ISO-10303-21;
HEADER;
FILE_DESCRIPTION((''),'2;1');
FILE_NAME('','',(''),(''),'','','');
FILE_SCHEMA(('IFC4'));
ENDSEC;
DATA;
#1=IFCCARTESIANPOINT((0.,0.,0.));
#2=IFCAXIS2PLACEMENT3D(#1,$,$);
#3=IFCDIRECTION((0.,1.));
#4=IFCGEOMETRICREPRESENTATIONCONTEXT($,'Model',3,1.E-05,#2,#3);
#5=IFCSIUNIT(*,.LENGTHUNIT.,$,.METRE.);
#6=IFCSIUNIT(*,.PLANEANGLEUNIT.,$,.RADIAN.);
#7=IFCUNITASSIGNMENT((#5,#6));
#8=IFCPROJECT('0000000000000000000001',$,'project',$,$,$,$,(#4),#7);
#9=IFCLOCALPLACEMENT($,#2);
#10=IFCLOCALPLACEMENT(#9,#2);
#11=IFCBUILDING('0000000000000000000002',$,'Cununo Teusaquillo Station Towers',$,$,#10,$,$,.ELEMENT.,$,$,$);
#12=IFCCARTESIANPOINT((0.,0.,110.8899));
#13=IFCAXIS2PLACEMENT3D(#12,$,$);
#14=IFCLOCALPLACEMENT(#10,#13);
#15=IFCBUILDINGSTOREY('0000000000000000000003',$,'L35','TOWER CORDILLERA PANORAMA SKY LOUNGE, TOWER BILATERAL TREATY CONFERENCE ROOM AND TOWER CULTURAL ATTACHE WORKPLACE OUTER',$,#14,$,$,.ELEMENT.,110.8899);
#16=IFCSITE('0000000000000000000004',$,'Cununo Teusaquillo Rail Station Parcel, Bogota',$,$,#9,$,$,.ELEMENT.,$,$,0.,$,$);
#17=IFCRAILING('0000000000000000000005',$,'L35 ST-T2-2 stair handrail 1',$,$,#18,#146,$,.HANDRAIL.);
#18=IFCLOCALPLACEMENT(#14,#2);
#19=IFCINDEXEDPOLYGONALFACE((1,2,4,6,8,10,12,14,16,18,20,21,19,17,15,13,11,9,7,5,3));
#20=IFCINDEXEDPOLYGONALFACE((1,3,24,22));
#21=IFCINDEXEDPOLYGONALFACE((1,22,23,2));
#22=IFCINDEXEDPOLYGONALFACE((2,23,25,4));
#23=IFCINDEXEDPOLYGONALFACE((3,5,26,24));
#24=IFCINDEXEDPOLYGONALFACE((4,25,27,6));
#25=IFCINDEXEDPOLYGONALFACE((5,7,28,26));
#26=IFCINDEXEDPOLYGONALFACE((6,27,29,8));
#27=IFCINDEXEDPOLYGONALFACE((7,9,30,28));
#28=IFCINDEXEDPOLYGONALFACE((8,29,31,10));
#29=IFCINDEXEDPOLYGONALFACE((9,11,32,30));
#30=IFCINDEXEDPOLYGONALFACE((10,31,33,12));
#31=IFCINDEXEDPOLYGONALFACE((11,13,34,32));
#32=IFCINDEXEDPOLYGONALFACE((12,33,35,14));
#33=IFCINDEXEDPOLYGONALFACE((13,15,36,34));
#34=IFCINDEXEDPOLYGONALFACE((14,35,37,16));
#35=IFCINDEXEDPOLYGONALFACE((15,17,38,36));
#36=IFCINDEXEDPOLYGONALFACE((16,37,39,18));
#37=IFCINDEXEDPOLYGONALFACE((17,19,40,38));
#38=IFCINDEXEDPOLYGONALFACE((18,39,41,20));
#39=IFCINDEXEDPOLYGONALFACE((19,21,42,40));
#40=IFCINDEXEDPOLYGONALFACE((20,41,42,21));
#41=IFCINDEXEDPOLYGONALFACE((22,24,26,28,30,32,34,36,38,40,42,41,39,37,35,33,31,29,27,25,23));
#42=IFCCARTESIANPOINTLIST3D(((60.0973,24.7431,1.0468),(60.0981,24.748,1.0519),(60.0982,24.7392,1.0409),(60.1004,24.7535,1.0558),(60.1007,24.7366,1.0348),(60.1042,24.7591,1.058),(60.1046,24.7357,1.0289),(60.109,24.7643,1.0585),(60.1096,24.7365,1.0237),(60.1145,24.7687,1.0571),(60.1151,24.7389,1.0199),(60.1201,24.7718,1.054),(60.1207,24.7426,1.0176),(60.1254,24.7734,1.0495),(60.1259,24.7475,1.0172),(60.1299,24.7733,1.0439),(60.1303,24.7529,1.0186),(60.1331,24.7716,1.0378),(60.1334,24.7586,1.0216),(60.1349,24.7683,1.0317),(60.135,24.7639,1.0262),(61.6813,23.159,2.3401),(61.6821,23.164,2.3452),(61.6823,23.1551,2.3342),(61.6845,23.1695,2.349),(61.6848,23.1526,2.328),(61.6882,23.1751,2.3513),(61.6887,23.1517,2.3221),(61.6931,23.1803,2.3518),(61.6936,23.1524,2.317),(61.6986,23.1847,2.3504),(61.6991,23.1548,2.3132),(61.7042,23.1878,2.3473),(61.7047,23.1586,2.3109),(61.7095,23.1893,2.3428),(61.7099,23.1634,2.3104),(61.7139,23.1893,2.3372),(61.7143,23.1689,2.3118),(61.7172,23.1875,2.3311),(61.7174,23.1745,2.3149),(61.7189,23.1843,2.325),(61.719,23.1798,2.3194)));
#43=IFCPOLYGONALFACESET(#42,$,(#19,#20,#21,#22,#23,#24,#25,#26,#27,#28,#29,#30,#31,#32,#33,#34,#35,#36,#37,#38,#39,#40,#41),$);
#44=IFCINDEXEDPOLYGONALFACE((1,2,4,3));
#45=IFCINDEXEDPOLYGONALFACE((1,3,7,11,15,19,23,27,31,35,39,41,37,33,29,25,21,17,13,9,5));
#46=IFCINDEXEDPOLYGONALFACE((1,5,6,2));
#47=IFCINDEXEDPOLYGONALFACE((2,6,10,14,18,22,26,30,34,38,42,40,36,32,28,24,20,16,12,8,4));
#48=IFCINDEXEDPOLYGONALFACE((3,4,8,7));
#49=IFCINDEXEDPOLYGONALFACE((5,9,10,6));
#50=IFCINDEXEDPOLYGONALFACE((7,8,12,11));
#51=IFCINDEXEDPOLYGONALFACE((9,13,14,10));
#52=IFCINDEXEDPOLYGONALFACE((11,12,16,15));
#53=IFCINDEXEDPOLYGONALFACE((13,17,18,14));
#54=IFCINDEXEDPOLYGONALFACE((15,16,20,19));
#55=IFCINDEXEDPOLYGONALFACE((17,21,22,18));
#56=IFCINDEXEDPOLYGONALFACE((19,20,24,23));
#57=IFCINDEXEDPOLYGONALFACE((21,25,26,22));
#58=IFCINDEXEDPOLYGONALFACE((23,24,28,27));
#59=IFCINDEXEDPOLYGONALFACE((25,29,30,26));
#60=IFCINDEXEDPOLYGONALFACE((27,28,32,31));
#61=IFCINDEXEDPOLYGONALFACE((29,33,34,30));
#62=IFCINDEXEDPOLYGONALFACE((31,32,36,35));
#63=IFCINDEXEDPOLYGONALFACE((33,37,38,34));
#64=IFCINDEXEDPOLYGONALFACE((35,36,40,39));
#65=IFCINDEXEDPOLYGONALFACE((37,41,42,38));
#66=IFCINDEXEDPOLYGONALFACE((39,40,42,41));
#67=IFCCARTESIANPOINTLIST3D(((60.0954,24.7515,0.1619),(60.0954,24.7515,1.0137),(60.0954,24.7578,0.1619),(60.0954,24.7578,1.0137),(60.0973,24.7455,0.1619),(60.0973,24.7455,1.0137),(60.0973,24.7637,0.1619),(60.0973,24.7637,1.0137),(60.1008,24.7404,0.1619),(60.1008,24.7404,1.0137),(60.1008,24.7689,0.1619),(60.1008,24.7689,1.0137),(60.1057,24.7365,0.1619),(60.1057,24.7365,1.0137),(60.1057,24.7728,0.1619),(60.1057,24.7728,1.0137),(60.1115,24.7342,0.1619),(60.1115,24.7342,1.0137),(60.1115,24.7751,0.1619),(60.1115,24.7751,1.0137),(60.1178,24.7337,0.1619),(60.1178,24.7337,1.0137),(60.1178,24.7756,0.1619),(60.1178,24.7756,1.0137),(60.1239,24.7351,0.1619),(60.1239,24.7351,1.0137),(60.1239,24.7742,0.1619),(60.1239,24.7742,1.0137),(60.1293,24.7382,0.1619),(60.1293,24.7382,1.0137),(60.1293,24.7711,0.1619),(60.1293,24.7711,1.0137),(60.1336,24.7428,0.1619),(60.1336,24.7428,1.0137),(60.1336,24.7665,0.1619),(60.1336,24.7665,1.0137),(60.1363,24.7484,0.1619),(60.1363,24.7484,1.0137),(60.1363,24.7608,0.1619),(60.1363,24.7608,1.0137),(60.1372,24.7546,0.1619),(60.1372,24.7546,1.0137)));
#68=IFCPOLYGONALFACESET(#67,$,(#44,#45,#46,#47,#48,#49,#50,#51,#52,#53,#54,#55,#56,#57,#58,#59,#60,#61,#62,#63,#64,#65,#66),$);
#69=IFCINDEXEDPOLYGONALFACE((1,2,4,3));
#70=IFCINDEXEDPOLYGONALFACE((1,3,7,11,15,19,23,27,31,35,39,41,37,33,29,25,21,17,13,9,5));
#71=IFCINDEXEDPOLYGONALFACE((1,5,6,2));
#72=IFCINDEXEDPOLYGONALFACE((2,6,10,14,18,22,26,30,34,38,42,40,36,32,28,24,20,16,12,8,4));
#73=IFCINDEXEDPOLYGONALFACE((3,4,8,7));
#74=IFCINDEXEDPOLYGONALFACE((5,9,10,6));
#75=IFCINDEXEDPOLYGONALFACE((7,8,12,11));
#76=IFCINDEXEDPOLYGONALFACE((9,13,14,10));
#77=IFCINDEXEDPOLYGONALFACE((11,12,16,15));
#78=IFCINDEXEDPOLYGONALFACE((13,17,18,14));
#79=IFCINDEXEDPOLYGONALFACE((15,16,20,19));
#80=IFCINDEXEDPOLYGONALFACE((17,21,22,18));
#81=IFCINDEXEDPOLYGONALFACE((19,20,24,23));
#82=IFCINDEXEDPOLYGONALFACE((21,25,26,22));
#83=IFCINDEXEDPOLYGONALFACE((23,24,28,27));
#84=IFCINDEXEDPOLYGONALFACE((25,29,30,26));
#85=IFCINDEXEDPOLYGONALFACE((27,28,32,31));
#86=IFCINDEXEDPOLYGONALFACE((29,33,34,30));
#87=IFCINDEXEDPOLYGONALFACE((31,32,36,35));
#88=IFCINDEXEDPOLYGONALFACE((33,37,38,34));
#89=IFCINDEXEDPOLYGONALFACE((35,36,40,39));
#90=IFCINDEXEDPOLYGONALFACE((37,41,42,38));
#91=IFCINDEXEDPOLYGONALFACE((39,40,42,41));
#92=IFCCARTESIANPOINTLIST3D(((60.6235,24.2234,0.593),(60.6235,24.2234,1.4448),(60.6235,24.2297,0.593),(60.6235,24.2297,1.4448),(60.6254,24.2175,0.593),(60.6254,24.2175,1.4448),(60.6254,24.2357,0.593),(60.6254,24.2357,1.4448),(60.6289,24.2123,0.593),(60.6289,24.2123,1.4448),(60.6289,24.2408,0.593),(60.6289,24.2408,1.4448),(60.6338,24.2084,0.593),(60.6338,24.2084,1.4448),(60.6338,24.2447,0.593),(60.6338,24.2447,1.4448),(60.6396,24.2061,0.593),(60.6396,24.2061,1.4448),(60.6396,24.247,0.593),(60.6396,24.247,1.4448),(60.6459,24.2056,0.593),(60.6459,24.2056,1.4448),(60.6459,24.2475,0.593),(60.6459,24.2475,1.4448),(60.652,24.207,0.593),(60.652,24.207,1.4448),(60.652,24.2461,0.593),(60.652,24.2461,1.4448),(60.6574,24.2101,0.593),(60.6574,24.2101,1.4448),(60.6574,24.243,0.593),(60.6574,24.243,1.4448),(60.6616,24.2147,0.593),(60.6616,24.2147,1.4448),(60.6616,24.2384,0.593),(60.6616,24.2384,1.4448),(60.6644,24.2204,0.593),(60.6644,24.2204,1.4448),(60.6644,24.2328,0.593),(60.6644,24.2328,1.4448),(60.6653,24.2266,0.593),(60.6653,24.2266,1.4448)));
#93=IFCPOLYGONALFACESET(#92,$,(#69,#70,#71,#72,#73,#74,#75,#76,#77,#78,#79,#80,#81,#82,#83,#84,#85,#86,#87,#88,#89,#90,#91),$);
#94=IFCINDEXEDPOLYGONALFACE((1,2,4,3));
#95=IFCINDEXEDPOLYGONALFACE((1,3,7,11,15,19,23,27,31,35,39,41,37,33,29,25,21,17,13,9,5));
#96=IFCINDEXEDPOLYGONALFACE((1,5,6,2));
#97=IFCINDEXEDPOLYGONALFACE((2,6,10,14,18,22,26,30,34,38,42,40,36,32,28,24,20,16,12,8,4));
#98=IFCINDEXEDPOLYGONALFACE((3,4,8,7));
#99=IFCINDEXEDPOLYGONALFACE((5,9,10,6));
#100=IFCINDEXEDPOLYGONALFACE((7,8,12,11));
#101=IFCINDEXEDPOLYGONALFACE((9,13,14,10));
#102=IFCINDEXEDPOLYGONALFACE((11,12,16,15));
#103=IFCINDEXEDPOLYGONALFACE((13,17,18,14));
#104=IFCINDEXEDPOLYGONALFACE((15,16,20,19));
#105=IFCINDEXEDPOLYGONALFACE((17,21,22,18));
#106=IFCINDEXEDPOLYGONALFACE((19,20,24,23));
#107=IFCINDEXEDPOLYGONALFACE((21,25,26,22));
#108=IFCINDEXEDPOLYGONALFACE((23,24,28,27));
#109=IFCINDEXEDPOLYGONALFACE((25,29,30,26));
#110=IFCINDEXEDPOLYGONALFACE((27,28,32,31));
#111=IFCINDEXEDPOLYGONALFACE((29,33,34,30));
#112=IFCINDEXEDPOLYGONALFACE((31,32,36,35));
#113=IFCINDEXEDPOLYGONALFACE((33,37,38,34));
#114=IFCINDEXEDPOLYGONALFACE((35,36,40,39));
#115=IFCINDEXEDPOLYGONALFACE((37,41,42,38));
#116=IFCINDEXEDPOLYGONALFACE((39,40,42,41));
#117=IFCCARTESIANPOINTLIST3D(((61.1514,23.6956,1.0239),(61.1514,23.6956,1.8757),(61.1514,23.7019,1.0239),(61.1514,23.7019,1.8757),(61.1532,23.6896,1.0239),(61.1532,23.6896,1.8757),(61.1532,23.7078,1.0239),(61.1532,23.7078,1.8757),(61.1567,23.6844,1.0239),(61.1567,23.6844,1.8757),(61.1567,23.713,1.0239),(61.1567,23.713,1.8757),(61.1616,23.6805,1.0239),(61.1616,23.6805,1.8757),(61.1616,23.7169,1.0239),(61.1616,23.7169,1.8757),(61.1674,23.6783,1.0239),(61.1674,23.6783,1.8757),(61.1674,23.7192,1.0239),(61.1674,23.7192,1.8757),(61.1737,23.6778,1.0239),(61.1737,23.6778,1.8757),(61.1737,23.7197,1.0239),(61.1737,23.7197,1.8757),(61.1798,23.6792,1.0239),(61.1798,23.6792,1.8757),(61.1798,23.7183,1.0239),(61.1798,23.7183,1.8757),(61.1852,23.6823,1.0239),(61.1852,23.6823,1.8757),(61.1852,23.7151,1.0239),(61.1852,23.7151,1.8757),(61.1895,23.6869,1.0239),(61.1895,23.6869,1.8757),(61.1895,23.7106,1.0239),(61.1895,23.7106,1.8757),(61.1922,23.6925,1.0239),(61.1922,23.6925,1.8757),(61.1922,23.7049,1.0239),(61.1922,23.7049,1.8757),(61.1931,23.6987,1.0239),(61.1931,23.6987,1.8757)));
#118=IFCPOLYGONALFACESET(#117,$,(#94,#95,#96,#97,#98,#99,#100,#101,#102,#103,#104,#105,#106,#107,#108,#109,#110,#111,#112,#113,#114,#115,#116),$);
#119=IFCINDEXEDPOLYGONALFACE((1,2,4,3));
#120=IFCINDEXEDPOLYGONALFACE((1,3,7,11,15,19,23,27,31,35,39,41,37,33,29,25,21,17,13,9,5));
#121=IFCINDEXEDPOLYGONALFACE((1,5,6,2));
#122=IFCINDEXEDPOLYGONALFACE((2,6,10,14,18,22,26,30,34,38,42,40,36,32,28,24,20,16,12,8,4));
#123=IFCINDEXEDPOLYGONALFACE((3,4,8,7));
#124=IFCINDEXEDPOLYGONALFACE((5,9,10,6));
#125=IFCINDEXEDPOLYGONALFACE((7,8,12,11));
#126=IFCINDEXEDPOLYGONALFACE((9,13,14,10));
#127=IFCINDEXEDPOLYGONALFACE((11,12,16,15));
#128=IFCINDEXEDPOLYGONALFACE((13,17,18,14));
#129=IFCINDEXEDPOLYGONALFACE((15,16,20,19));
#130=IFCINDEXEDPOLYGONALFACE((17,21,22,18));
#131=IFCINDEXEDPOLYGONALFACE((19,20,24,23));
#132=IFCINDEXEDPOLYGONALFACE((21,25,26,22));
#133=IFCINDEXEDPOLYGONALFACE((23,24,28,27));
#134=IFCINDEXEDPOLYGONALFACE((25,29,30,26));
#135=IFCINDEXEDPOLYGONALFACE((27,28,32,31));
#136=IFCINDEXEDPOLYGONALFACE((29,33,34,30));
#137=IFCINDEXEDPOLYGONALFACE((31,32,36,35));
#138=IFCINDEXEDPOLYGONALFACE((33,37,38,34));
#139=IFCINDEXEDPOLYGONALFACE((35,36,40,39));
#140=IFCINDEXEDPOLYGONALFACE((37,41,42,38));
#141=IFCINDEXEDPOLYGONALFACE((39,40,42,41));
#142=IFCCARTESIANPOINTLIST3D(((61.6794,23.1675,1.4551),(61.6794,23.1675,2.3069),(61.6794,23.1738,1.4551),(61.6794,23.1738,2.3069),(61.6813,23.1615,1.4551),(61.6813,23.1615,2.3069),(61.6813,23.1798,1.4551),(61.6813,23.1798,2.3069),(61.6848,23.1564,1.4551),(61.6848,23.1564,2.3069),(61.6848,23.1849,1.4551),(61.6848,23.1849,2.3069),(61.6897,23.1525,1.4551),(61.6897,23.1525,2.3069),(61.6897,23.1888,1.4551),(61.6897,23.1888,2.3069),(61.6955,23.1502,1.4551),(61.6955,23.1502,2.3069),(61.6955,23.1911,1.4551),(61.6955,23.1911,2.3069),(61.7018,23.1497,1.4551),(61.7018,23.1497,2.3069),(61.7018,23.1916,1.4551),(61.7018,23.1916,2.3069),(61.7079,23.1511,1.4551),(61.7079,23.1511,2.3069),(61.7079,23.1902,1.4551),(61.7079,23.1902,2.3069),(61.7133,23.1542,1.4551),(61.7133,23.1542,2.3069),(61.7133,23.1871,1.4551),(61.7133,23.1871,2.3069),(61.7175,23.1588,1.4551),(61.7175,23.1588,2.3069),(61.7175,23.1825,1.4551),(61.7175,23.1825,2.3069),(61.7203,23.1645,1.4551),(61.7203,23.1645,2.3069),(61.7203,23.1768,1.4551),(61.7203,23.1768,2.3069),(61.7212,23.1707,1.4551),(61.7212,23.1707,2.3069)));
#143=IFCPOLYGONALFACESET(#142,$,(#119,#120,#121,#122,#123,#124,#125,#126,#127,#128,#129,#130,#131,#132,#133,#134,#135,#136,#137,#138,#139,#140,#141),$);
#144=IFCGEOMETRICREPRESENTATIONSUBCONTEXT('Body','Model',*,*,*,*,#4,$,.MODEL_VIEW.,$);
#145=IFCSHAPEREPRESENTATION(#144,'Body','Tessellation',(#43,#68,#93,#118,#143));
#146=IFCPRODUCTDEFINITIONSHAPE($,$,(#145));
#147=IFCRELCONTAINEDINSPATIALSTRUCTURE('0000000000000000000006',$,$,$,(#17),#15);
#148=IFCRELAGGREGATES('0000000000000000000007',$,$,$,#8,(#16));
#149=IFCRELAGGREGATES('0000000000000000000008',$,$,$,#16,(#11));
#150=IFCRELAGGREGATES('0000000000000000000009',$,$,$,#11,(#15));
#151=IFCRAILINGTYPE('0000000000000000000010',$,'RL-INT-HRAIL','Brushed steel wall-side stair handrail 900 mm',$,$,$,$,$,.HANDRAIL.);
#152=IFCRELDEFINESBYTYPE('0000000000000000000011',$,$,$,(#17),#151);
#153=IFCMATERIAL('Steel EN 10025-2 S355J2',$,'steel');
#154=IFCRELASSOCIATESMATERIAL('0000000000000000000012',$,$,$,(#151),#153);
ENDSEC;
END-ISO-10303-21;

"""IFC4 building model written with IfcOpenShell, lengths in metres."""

from ifc_helpers import new_model, si_unit, direction, frame, origin, origin_2d, place, context, subcontext, project, spatial, circle, extrude, material, type_object, element, save


model = new_model("IFC4")

# Units and contexts
model_context = context("Model", 3, precision=1e-05, world=origin(), true_north=direction((0.0, 1.0)))
body_context = subcontext(model_context, "Body", "Model", "MODEL_VIEW")
ifc_project = project(units=[si_unit("LENGTHUNIT", "METRE"), si_unit("PLANEANGLEUNIT", "RADIAN")], contexts=[model_context])

# Site, building, storey
site_placement = place(None, origin())
site = spatial("IfcSite", under=ifc_project, at=site_placement, Name="Cununo Teusaquillo Rail Station Parcel, Bogota", CompositionType="ELEMENT", RefElevation=0.0)
building_placement = place(site_placement, origin())
building = spatial("IfcBuilding", under=site, at=building_placement, Name="Cununo Teusaquillo Station Towers", CompositionType="ELEMENT")
storey_placement = place(building_placement, frame((0.0, 0.0, 110.8899)))
storey = spatial("IfcBuildingStorey", under=building, at=storey_placement, Name="L35", Description="TOWER CORDILLERA PANORAMA SKY LOUNGE, TOWER BILATERAL TREATY CONFERENCE ROOM AND TOWER CULTURAL ATTACHE WORKPLACE OUTER", CompositionType="ELEMENT", Elevation=110.8899)

# Railing
ifc_material_1 = material(Name="Steel EN 10025-2 S355J2", Category="steel")
railing_type_1 = type_object("IfcRailingType", Name="RL-INT-HRAIL", Description="Brushed steel wall-side stair handrail 900 mm", PredefinedType="HANDRAIL", material=ifc_material_1)
railing_1_placement = place(storey_placement, frame((60.1162, 24.7546, 0.1619)))
element("IfcRailing", 1, at=railing_1_placement, inside=storey, type_object=railing_type_1, Name="L35 ST-T2-2 stair handrail 1", PredefinedType="HANDRAIL", context=body_context, shape_type="SweptSolid", body=[
    extrude(circle(Radius=0.0239, at=origin_2d()), frame((0.0, 0.0, 0.876), z_axis=(0.612385, -0.612385, 0.49997), x_axis=(0.707107, 0.707107, 0.0)), (0.0, 0.0, 1.0), 2.5867),
    extrude(circle(Radius=0.021, at=origin_2d()), origin(), (0.0, 0.0, 1.0), 0.8518),
    extrude(circle(Radius=0.021, at=origin_2d()), frame((0.5281, -0.5281, 0.4312)), (0.0, 0.0, 1.0), 0.8518),
    extrude(circle(Radius=0.021, at=origin_2d()), frame((1.0559, -1.0559, 0.8621)), (0.0, 0.0, 1.0), 0.8518),
    extrude(circle(Radius=0.021, at=origin_2d()), frame((1.584, -1.584, 1.2932)), (0.0, 0.0, 1.0), 0.8518),
])

save(model, "model.ifc")
